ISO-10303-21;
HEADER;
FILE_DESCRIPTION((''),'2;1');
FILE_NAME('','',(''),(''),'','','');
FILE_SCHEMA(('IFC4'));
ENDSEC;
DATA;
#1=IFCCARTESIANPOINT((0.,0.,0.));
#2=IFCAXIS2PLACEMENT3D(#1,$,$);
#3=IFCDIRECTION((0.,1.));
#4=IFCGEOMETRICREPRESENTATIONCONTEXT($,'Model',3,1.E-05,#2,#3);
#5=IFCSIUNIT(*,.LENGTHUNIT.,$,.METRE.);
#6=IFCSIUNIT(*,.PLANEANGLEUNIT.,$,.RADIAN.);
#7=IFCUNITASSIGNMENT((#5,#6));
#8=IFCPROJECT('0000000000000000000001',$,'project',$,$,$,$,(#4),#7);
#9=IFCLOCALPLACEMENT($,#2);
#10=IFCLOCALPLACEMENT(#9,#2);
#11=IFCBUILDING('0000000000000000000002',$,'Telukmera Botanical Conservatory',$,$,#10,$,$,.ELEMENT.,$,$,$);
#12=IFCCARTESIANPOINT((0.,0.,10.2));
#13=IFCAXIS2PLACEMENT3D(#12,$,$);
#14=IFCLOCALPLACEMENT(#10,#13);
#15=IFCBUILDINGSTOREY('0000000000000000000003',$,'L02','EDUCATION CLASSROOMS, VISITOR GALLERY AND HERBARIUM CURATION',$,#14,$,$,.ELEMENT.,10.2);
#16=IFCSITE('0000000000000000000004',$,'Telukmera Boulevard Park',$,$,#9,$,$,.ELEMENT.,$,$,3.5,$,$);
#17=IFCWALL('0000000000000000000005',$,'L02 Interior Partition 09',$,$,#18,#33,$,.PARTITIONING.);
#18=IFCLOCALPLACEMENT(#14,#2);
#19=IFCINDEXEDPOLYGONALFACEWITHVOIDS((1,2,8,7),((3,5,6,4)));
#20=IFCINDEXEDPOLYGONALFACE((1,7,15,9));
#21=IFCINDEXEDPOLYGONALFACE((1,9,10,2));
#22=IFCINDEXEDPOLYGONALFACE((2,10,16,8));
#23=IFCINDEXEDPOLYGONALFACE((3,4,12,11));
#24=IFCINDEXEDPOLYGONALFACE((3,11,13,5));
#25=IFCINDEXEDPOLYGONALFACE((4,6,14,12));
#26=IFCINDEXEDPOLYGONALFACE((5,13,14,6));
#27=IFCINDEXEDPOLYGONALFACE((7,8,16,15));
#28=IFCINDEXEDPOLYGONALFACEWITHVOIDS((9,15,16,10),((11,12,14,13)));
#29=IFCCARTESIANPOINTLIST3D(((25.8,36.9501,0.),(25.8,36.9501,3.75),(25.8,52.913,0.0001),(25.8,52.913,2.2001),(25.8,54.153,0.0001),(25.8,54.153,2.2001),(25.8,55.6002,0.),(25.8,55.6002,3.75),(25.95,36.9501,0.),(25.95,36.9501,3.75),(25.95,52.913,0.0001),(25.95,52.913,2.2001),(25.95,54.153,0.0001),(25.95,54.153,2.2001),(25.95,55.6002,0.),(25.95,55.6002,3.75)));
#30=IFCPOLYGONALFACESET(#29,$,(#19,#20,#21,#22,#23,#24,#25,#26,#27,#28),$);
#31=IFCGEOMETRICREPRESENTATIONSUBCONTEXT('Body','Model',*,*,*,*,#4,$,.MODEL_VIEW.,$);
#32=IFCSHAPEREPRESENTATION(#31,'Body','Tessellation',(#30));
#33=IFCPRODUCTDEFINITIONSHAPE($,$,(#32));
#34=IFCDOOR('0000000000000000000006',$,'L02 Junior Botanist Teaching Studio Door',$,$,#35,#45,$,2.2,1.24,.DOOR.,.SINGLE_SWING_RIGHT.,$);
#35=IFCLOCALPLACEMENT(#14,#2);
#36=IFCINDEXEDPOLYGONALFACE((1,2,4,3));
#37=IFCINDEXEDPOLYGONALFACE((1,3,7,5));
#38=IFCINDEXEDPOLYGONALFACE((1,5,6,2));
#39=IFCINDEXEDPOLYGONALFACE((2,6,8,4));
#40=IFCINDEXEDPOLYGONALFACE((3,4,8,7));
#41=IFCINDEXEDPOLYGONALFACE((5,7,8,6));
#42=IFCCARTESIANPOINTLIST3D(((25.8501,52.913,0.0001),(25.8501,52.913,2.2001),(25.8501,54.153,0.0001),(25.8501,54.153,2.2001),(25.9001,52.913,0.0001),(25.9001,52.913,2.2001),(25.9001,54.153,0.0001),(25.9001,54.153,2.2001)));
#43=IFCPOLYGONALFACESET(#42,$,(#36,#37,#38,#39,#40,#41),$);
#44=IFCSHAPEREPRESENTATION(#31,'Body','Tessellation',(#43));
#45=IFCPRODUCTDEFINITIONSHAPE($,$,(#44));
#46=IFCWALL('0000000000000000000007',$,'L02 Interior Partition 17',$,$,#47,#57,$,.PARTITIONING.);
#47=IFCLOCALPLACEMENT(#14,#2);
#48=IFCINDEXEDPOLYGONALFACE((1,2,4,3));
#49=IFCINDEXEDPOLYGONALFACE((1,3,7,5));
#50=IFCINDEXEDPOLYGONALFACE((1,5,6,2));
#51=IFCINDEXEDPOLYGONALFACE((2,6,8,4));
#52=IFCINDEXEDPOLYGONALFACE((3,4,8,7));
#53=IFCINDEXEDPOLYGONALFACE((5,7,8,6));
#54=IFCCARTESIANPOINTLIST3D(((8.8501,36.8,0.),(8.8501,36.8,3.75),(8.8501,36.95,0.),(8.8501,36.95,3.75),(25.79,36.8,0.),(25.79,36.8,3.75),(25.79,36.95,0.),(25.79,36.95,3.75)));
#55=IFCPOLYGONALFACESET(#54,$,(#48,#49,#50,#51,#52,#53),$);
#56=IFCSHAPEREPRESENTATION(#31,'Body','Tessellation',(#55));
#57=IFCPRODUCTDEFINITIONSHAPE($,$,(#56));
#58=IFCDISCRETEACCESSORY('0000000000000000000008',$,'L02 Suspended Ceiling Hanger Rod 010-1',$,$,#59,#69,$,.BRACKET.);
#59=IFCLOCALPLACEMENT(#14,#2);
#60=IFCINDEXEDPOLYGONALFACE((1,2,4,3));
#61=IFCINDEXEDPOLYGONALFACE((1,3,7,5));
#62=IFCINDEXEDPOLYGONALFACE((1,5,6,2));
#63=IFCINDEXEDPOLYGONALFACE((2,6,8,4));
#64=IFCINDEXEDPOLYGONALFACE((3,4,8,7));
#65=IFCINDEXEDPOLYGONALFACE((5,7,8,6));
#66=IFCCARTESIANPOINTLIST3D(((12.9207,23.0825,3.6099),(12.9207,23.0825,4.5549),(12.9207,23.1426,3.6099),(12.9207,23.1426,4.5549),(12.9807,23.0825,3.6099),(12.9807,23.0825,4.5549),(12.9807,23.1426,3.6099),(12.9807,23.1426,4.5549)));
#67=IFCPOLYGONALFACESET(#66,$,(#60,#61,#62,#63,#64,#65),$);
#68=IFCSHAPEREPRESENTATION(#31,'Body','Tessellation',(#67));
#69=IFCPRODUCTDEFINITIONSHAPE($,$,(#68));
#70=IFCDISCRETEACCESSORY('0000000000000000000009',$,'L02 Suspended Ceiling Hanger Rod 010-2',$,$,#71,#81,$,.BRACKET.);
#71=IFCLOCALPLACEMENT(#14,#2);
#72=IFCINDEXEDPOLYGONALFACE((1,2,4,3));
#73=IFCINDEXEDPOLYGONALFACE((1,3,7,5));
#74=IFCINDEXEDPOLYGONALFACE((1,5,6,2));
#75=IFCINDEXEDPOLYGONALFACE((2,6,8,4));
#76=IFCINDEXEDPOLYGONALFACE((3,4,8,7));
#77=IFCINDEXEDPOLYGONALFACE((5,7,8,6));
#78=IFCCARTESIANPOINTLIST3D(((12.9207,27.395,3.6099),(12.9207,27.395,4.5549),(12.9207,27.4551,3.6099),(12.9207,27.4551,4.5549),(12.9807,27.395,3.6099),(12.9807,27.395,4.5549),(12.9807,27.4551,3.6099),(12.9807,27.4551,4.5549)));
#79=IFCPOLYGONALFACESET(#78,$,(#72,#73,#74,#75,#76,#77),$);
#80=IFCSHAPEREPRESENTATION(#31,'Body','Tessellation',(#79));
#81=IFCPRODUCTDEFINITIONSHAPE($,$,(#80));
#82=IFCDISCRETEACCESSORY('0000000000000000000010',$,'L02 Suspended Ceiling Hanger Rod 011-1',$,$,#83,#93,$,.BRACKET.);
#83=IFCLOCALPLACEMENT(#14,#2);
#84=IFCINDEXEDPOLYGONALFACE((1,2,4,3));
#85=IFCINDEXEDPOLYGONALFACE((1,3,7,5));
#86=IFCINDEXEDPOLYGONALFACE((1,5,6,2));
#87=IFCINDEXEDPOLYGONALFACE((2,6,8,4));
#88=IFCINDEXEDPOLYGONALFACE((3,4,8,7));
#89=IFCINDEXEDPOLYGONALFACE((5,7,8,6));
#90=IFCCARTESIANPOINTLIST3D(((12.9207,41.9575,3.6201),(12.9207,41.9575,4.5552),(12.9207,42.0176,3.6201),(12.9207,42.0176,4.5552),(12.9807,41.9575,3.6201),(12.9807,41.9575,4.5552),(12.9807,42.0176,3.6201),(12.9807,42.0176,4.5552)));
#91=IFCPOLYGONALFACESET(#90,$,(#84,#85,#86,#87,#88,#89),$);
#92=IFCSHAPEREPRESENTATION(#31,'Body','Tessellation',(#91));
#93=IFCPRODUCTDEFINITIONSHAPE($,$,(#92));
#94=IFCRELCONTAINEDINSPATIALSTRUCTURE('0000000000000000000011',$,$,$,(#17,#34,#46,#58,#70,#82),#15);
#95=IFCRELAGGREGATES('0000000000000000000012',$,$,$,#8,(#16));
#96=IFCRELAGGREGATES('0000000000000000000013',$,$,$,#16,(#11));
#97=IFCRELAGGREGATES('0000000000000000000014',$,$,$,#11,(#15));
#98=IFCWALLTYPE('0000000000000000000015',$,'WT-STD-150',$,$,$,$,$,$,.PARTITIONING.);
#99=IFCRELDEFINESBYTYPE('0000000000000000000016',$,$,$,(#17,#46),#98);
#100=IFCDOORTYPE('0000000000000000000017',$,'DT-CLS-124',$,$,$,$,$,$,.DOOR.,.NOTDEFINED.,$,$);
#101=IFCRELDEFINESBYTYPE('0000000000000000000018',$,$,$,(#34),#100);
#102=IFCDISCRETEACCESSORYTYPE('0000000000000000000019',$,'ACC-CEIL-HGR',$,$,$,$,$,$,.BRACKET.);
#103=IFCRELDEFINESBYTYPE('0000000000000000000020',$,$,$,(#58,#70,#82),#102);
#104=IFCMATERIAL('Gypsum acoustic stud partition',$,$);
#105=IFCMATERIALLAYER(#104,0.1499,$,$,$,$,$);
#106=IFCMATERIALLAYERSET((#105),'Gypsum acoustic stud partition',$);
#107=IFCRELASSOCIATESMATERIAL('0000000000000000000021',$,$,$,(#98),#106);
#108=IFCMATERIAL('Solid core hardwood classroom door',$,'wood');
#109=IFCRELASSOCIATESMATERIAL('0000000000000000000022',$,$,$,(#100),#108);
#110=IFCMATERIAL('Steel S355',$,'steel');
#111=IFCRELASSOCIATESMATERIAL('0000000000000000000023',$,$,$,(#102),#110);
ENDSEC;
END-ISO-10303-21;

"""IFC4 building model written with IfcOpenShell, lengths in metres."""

from ifc_helpers import new_model, si_unit, direction, frame, frame_2d, origin, origin_2d, place, context, subcontext, project, spatial, rectangle, extrude, material, layer, layer_set, type_object, element, fill, save


model = new_model("IFC4")

# Units and contexts
model_context = context("Model", 3, precision=1e-05, world=origin(), true_north=direction((0.0, 1.0)))
body_context = subcontext(model_context, "Body", "Model", "MODEL_VIEW")
ifc_project = project(units=[si_unit("LENGTHUNIT", "METRE"), si_unit("PLANEANGLEUNIT", "RADIAN")], contexts=[model_context])

# Site, building, storey
site_placement = place(None, origin())
site = spatial("IfcSite", under=ifc_project, at=site_placement, Name="Telukmera Boulevard Park", CompositionType="ELEMENT", RefElevation=3.5)
building_placement = place(site_placement, origin())
building = spatial("IfcBuilding", under=site, at=building_placement, Name="Telukmera Botanical Conservatory", CompositionType="ELEMENT")
storey_placement = place(building_placement, frame((0.0, 0.0, 10.2)))
storey = spatial("IfcBuildingStorey", under=building, at=storey_placement, Name="L02", Description="EDUCATION CLASSROOMS, VISITOR GALLERY AND HERBARIUM CURATION", CompositionType="ELEMENT", Elevation=10.2)

# Wall, opening, door
ifc_material_1 = material(Name="Gypsum acoustic stud partition")
ifc_layer_1 = layer(ifc_material_1, 0.1499)
ifc_layer_set_1 = layer_set([ifc_layer_1], Name="Gypsum acoustic stud partition")
wall_type_1 = type_object("IfcWallType", Name="WT-STD-150", PredefinedType="PARTITIONING", material=ifc_layer_set_1)
ifc_material_2 = material(Name="Solid core hardwood classroom door", Category="wood")
door_type_1 = type_object("IfcDoorType", Name="DT-CLS-124", OperationType="NOTDEFINED", PredefinedType="DOOR", material=ifc_material_2)
wall_1_placement = place(storey_placement, frame((25.875, 36.95, 0.0), z_axis=(0.0, 0.0, 1.0), x_axis=(0.0, 1.0, 0.0)))
wall_1 = element("IfcWall", 1, at=wall_1_placement, inside=storey, type_object=wall_type_1, Name="L02 Interior Partition 09", PredefinedType="PARTITIONING", context=body_context, shape_type="SweptSolid", body=[
    extrude(rectangle(XDim=18.6501, YDim=0.1499, at=frame_2d((9.3252, 0.0))), origin(), (0.0, 0.0, 1.0), 3.75),
])
opening_1_placement = place(wall_1_placement, frame((15.9629, 0.0, 0.0)))
opening_1 = element("IfcOpeningElement", 2, at=opening_1_placement, cuts=wall_1, PredefinedType="OPENING", context=body_context, shape_type="SweptSolid", body=[
    extrude(rectangle(XDim=1.24, YDim=2.2, at=frame_2d((0.6201, 1.1001))), frame((0.0, 0.085, 0.0), z_axis=(0.0, -1.0, 0.0), x_axis=(1.0, 0.0, 0.0)), (0.0, 0.0, 1.0), 0.1699),
])
door_1_placement = place(opening_1_placement, origin())
door_1 = element("IfcDoor", 3, at=door_1_placement, inside=storey, type_object=door_type_1, Name="L02 Junior Botanist Teaching Studio Door", OperationType="SINGLE_SWING_RIGHT", OverallHeight=2.2, OverallWidth=1.24, PredefinedType="DOOR", context=body_context, shape_type="SweptSolid", body=[
    extrude(rectangle(XDim=1.24, YDim=2.2, at=frame_2d((0.6201, 1.1001))), frame((0.0, 0.0249, 0.0), z_axis=(0.0, -1.0, 0.0), x_axis=(1.0, 0.0, 0.0)), (0.0, 0.0, 1.0), 0.05),
])
fill(opening_1, door_1)

# Wall
wall_2_placement = place(storey_placement, frame((8.8501, 36.875, 0.0), z_axis=(0.0, 0.0, 1.0), x_axis=(1.0, 0.0, 0.0)))
element("IfcWall", 4, at=wall_2_placement, inside=storey, type_object=wall_type_1, Name="L02 Interior Partition 17", PredefinedType="PARTITIONING", context=body_context, shape_type="SweptSolid", body=[
    extrude(rectangle(XDim=16.9399, YDim=0.1499, at=frame_2d((8.47, 0.0))), origin(), (0.0, 0.0, 1.0), 3.75),
])

# Discrete accessories
ifc_material_3 = material(Name="Steel S355", Category="steel")
discrete_accessory_type = type_object("IfcDiscreteAccessoryType", Name="ACC-CEIL-HGR", PredefinedType="BRACKET", material=ifc_material_3)
for number, where, z_axis, x_axis, name in (
    (5, (12.9507, 23.1125, 3.6099), (0.0, 0.0, 1.0), (1.0, 0.0, 0.0), "L02 Suspended Ceiling Hanger Rod 010-1"),
    (6, (12.9507, 27.425, 3.6099), (0.0, 0.0, 1.0), (1.0, 0.0, 0.0), "L02 Suspended Ceiling Hanger Rod 010-2"),
):
    element("IfcDiscreteAccessory", number, at=place(storey_placement, frame(where, z_axis=z_axis, x_axis=x_axis)), inside=storey, type_object=discrete_accessory_type, Name=name, PredefinedType="BRACKET", context=body_context, shape_type="SweptSolid", body=[
        extrude(rectangle(XDim=0.0601, YDim=0.0601, at=origin_2d()), origin(), (0.0, 0.0, 1.0), 0.9451),
    ])
discrete_accessory_placement = place(storey_placement, frame((12.9507, 41.9875, 3.6201), z_axis=(0.0, 0.0, 1.0), x_axis=(1.0, 0.0, 0.0)))
element("IfcDiscreteAccessory", 7, at=discrete_accessory_placement, inside=storey, type_object=discrete_accessory_type, Name="L02 Suspended Ceiling Hanger Rod 011-1", PredefinedType="BRACKET", context=body_context, shape_type="SweptSolid", body=[
    extrude(rectangle(XDim=0.0601, YDim=0.0601, at=origin_2d()), origin(), (0.0, 0.0, 1.0), 0.9351),
])

save(model, "model.ifc")
